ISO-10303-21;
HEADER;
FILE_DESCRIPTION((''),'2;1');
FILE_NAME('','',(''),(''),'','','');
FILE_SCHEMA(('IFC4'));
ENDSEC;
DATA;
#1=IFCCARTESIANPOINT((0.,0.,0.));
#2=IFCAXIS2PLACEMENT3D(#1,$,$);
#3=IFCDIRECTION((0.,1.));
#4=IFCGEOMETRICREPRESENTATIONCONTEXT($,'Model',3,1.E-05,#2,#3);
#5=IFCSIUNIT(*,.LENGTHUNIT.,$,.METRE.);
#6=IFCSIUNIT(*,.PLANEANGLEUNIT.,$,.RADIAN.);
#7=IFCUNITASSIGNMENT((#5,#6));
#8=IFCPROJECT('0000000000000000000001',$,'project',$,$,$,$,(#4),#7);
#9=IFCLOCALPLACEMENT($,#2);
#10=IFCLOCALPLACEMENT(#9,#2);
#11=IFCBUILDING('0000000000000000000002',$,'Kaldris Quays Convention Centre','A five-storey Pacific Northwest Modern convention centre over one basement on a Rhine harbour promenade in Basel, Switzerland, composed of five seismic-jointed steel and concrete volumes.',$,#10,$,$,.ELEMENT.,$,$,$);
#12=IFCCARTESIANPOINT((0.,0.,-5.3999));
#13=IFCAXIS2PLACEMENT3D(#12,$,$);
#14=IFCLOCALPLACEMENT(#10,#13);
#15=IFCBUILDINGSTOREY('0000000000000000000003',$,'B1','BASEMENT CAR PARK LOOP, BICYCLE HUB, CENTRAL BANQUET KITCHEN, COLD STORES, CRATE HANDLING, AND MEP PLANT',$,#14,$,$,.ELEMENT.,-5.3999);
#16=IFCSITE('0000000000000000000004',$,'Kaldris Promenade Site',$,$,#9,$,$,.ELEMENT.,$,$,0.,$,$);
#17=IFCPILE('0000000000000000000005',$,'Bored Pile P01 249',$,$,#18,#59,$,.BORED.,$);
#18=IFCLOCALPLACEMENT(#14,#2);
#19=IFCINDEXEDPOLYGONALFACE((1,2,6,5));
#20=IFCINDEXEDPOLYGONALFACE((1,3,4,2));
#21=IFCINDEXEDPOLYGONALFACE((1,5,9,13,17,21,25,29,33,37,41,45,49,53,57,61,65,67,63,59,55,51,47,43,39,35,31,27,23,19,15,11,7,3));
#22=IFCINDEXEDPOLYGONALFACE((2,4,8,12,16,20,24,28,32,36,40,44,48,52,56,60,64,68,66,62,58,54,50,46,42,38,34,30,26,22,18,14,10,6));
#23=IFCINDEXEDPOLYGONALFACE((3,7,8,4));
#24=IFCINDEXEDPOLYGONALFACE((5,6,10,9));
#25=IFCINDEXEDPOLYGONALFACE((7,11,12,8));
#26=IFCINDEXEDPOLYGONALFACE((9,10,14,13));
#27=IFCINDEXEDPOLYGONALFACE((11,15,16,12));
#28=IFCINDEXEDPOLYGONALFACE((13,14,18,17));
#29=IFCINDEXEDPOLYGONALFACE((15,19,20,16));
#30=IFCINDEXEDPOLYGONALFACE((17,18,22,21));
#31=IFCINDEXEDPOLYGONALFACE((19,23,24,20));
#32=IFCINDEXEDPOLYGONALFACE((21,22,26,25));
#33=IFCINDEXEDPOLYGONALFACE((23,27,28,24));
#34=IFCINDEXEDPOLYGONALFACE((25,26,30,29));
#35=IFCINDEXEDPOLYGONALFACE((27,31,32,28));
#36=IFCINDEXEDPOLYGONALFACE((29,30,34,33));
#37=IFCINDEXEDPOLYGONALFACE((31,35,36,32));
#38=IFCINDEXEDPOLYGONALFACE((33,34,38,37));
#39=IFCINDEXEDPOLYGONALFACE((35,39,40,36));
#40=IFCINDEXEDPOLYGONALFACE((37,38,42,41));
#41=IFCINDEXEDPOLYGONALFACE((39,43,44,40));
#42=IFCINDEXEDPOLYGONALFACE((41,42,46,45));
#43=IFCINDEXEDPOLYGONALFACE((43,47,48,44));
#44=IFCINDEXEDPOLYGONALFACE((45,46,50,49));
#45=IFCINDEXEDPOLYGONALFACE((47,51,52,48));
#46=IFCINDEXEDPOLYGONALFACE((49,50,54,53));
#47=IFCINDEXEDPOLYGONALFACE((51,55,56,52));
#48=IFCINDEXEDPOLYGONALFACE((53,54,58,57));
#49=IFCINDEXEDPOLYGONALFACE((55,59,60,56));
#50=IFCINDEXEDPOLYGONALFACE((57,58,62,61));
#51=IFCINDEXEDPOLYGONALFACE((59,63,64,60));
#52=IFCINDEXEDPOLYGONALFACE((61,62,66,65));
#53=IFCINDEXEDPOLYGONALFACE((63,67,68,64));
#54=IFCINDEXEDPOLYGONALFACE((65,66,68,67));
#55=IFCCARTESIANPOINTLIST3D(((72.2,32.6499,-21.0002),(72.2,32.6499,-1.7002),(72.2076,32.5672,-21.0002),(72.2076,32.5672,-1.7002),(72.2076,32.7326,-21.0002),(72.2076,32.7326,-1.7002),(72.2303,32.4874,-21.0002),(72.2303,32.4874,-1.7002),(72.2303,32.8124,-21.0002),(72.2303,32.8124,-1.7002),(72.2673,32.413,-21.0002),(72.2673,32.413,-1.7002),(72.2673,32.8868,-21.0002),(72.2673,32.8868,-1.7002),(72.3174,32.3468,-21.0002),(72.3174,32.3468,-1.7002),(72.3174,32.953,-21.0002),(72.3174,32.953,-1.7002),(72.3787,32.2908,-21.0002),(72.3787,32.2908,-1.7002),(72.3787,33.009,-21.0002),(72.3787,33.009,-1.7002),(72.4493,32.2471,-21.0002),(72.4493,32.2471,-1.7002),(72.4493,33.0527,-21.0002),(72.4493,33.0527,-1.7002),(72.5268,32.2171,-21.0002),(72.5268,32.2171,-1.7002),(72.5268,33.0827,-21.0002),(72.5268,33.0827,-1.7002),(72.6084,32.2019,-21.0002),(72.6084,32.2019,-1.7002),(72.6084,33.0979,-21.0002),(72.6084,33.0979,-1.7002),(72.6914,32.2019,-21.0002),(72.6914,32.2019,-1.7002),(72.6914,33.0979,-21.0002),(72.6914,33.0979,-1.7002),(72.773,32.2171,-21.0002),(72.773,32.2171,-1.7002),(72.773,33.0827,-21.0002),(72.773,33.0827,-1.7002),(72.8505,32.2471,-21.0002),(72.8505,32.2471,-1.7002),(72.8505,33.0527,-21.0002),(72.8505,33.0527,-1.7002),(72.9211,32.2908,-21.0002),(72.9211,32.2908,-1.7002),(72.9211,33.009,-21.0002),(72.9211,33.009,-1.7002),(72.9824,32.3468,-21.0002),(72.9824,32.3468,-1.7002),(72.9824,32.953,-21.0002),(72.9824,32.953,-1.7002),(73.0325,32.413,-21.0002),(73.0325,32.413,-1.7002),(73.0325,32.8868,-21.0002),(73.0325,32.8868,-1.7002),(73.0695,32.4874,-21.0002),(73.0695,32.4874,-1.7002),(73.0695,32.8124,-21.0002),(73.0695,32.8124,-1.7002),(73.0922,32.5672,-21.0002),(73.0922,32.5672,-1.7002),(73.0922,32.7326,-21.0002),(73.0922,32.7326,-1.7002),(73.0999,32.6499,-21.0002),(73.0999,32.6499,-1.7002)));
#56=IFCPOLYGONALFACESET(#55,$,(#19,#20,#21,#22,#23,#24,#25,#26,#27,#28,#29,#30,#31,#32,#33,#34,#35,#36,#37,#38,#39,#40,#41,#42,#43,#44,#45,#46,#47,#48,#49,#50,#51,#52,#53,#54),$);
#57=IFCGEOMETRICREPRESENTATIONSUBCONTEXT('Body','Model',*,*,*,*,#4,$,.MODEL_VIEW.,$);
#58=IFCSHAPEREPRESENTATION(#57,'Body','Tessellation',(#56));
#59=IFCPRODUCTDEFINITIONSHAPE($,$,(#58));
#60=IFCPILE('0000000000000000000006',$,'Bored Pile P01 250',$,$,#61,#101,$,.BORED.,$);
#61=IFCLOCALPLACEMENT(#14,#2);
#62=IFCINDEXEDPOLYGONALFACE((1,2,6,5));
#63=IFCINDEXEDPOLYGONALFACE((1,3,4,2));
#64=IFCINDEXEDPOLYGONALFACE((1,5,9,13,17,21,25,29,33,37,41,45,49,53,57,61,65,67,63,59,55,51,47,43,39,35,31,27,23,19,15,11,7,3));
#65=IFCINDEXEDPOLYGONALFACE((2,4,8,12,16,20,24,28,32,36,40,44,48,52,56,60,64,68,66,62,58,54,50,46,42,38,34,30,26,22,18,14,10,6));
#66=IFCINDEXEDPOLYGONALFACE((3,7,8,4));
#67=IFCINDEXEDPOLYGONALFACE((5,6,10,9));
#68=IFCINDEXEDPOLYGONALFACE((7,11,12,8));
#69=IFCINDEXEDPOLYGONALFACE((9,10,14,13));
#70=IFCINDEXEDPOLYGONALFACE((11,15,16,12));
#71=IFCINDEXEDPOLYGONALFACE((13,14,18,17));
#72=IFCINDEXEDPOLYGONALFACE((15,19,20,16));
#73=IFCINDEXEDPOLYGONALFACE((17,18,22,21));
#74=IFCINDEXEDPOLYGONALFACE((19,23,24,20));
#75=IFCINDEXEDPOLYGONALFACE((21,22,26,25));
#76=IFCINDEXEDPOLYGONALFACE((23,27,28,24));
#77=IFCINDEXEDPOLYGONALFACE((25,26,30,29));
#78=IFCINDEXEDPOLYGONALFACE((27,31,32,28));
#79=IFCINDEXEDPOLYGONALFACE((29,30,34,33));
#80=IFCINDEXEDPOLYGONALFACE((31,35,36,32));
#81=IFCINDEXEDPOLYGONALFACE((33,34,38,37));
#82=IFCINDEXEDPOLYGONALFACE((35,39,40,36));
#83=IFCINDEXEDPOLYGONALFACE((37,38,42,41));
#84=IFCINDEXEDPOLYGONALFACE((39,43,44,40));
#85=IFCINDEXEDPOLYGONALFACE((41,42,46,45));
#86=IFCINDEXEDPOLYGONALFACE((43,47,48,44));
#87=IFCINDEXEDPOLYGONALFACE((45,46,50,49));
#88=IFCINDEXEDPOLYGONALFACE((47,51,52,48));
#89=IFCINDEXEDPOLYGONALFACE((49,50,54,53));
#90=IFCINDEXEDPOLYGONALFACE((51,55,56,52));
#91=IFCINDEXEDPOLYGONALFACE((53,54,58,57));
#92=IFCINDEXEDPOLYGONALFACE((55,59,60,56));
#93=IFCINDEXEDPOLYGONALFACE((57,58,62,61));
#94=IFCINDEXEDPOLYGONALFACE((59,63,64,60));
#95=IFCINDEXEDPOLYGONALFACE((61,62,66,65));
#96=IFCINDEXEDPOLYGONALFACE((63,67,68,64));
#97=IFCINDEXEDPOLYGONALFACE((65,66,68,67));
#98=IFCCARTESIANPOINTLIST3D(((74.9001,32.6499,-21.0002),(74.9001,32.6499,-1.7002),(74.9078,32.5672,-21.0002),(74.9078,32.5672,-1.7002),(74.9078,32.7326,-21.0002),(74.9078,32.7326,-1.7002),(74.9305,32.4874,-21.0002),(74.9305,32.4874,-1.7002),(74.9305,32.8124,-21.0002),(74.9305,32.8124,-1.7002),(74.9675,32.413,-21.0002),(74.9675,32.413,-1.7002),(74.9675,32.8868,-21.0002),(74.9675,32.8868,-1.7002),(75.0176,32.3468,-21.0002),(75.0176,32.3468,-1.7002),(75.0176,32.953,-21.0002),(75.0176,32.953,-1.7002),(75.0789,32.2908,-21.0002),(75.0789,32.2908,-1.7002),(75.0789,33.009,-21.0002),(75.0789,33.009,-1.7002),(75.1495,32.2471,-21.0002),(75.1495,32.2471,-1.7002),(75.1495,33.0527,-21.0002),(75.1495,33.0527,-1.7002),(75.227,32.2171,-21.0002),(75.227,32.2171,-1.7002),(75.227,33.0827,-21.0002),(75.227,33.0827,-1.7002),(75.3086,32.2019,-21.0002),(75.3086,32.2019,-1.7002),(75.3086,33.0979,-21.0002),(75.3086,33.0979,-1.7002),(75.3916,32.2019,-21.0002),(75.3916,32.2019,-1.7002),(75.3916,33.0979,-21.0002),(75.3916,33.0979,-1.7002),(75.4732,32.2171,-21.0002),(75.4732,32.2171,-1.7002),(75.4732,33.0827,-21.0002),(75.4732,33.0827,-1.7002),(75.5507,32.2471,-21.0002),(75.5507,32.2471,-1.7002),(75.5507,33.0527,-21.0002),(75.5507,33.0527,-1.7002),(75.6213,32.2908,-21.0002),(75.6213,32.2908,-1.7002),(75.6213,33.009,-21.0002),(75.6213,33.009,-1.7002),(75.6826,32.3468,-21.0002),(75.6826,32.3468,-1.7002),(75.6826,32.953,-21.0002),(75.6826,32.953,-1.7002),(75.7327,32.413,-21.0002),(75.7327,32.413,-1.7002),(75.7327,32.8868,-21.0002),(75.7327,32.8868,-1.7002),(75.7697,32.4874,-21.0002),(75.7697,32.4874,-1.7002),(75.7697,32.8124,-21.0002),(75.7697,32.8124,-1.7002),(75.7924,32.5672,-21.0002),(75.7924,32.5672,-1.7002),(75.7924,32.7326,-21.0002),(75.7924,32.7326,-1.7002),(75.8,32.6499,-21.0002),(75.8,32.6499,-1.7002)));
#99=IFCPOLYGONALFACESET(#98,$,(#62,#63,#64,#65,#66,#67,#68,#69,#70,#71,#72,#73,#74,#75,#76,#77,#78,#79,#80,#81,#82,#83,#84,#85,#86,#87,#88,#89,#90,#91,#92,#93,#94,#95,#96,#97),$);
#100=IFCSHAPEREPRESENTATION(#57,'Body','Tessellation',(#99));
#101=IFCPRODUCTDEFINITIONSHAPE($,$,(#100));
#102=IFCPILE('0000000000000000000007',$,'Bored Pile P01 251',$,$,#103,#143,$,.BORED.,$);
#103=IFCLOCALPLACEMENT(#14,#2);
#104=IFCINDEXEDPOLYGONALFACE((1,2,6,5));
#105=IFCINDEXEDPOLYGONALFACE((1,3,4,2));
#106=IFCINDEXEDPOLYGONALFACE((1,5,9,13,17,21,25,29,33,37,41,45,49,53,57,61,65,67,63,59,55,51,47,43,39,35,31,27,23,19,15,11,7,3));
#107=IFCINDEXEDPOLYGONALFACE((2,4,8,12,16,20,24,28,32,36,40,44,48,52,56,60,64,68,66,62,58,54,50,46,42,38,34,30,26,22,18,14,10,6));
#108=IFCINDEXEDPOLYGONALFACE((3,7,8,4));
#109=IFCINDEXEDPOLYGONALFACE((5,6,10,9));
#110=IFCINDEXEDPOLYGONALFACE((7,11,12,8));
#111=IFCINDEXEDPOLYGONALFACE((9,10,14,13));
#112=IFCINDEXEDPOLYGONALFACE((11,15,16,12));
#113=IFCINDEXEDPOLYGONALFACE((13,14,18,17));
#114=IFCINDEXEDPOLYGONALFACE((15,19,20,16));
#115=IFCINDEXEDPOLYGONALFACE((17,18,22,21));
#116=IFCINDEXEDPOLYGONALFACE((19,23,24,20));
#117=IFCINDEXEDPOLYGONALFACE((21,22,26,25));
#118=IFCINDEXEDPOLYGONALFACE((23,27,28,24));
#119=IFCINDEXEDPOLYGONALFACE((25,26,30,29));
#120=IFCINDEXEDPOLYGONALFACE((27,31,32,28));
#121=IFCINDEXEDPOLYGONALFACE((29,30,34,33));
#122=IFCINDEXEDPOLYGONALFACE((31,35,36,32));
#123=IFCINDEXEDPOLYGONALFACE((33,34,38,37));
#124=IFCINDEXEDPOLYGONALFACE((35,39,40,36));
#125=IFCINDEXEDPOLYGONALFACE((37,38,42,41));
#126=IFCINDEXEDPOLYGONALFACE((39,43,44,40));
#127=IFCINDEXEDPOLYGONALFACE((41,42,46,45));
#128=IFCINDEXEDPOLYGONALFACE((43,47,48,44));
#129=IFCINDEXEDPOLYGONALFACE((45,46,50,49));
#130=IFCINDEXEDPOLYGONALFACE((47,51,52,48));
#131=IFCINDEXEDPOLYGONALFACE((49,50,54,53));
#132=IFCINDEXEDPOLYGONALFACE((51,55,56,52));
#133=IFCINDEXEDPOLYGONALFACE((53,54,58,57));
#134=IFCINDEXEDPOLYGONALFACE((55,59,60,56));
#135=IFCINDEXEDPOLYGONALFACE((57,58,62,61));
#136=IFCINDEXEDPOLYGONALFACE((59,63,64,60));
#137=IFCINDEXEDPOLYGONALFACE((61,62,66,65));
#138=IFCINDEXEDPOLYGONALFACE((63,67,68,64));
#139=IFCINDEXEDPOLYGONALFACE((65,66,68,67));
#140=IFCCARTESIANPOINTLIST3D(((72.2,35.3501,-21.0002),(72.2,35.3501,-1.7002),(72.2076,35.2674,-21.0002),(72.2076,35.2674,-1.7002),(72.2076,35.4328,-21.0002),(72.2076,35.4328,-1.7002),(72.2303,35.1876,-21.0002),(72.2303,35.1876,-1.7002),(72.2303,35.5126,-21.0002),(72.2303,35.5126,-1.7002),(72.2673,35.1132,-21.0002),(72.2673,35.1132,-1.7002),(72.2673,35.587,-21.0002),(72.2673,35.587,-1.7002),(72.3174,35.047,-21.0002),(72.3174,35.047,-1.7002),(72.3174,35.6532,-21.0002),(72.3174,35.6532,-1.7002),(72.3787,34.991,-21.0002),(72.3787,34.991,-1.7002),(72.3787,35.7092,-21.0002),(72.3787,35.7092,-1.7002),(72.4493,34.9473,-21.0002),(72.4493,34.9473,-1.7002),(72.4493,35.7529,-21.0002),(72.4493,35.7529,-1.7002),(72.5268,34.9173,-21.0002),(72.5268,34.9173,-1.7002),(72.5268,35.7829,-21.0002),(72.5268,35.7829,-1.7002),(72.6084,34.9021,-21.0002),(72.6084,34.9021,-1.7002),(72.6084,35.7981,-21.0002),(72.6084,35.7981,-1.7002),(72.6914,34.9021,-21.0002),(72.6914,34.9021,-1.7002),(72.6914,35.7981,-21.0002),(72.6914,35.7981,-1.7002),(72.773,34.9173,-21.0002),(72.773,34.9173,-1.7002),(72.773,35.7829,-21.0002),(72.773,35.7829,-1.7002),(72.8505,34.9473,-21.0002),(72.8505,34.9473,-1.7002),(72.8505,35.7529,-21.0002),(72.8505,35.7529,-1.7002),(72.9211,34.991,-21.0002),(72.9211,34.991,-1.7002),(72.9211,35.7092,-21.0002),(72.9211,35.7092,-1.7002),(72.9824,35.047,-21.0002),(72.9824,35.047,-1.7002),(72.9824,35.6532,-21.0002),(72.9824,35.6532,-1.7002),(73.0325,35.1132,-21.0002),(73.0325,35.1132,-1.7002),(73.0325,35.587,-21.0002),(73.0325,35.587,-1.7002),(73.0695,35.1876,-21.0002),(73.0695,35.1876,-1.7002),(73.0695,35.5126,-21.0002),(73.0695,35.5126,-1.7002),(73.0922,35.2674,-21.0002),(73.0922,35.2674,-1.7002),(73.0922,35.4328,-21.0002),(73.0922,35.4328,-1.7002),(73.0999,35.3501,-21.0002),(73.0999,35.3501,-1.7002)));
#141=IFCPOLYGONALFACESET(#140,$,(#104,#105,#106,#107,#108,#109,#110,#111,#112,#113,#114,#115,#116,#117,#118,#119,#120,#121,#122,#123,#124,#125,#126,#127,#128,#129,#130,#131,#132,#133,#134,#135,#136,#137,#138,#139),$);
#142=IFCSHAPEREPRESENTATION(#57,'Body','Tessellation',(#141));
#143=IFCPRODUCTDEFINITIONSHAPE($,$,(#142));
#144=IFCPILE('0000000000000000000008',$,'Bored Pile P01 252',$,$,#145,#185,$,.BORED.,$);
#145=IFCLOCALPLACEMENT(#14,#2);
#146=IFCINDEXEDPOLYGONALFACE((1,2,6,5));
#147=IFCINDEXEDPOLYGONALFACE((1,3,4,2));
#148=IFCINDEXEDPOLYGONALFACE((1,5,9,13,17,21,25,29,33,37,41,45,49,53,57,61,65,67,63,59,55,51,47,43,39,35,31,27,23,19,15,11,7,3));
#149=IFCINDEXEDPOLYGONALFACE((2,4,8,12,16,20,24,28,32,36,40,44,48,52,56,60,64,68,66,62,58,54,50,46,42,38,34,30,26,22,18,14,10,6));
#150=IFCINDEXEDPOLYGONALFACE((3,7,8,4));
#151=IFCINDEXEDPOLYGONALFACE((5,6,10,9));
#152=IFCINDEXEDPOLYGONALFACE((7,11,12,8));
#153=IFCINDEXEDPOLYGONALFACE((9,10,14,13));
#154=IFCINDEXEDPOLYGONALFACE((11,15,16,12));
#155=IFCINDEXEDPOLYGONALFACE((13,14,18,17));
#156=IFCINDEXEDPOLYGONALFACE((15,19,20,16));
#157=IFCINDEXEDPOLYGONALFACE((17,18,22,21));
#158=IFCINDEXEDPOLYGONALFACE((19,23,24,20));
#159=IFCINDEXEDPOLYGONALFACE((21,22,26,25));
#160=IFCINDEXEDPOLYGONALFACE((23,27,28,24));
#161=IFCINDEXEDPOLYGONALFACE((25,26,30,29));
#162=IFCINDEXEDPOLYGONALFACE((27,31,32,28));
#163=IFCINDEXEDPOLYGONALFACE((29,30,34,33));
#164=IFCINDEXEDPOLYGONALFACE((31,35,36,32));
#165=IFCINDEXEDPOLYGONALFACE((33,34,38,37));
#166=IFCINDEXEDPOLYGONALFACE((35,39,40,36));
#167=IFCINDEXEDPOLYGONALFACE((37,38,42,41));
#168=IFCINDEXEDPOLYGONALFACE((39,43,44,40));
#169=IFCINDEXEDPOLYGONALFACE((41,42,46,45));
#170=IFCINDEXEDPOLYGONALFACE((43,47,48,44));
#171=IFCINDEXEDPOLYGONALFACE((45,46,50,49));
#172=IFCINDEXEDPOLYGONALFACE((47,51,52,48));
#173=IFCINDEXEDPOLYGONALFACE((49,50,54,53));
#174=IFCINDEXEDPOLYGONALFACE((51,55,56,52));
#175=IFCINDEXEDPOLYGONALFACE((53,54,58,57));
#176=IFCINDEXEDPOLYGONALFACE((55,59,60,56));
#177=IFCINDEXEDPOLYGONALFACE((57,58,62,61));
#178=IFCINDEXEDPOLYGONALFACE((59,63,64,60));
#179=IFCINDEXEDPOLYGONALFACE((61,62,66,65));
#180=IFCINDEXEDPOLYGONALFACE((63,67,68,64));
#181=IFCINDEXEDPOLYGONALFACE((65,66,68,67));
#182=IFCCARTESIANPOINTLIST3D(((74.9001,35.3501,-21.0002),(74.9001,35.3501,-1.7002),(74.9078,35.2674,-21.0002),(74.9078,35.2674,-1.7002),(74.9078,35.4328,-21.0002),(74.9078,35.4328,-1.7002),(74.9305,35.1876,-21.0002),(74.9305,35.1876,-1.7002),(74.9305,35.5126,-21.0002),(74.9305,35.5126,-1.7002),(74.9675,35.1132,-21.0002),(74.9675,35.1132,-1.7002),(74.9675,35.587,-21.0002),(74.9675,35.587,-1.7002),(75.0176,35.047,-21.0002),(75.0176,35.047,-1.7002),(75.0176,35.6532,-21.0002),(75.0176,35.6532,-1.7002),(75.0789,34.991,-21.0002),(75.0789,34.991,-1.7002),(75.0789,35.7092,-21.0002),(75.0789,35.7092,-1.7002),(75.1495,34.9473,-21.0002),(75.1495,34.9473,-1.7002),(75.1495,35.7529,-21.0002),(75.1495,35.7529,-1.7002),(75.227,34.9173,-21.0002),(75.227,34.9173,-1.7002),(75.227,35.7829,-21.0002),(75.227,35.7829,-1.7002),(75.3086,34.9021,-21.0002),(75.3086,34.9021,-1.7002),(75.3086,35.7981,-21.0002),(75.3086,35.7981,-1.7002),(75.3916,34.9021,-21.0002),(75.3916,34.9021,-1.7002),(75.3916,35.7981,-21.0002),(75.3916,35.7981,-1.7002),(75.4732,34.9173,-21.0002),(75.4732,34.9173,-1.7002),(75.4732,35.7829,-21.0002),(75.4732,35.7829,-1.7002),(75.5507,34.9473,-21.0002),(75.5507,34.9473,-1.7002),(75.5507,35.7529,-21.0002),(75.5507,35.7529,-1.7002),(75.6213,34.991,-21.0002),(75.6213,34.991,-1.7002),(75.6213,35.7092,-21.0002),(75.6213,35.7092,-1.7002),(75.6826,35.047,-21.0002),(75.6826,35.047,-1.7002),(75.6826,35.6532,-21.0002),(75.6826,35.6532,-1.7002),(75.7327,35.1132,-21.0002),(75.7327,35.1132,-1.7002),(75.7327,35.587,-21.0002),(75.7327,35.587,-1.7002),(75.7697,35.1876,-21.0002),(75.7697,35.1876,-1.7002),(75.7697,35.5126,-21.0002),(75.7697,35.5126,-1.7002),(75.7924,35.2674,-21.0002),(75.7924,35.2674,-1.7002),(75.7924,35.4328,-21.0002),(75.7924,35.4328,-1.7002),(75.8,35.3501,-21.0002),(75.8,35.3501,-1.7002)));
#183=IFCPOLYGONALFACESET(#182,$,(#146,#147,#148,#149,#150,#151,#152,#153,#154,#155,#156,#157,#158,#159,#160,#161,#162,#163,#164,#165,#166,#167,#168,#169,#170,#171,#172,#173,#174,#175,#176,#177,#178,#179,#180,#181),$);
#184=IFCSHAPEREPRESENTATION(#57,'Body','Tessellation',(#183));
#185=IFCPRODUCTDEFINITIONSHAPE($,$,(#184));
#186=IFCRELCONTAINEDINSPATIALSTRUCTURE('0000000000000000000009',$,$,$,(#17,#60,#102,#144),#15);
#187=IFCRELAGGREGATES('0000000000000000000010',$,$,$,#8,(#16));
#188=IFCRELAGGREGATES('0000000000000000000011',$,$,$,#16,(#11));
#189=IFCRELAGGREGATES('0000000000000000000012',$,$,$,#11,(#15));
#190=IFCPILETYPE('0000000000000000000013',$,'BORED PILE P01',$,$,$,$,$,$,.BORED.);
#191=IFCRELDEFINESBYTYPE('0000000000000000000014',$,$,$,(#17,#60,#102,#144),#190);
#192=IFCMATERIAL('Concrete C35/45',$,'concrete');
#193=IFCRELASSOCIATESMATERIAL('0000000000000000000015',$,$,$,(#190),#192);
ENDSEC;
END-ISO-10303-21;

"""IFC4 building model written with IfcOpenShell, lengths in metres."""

from ifc_helpers import new_model, si_unit, direction, frame, origin, origin_2d, place, context, subcontext, project, spatial, circle, extrude, material, material_profile, profile_set, type_object, element, save


model = new_model("IFC4")

# Units and contexts
model_context = context("Model", 3, precision=1e-05, world=origin(), true_north=direction((0.0, 1.0)))
body_context = subcontext(model_context, "Body", "Model", "MODEL_VIEW")
ifc_project = project(units=[si_unit("LENGTHUNIT", "METRE"), si_unit("PLANEANGLEUNIT", "RADIAN")], contexts=[model_context])

# Site, building, storey
site_placement = place(None, origin())
site = spatial("IfcSite", under=ifc_project, at=site_placement, Name="Kaldris Promenade Site", CompositionType="ELEMENT", RefElevation=0.0)
building_placement = place(site_placement, origin())
building = spatial("IfcBuilding", under=site, at=building_placement, Name="Kaldris Quays Convention Centre", Description="A five-storey Pacific Northwest Modern convention centre over one basement on a Rhine harbour promenade in Basel, Switzerland, composed of five seismic-jointed steel and concrete volumes.", CompositionType="ELEMENT")
storey_placement = place(building_placement, frame((0.0, 0.0, -5.3999)))
storey = spatial("IfcBuildingStorey", under=building, at=storey_placement, Name="B1", Description="BASEMENT CAR PARK LOOP, BICYCLE HUB, CENTRAL BANQUET KITCHEN, COLD STORES, CRATE HANDLING, AND MEP PLANT", CompositionType="ELEMENT", Elevation=-5.3999)

# Piles
ifc_material_1 = material(Name="Concrete C35/45", Category="concrete")
ifc_material_profile_1 = material_profile(ifc_material_1, circle(Radius=0.45, at=origin_2d()), Name="BORED PILE D900")
ifc_profile_set_1 = profile_set([ifc_material_profile_1], Name="Concrete C35/45")
pile_type = type_object("IfcPileType", Name="BORED PILE P01", PredefinedType="BORED", material=ifc_profile_set_1)
for number, where, z_axis, x_axis, name in (
    (1, (72.6499, 32.6499, -1.7002), (0.0, 0.0, -1.0), (1.0, 0.0, 0.0), "Bored Pile P01 249"),
    (2, (75.3501, 32.6499, -1.7002), (0.0, 0.0, -1.0), (1.0, 0.0, 0.0), "Bored Pile P01 250"),
    (3, (72.6499, 35.3501, -1.7002), (0.0, 0.0, -1.0), (1.0, 0.0, 0.0), "Bored Pile P01 251"),
    (4, (75.3501, 35.3501, -1.7002), (0.0, 0.0, -1.0), (1.0, 0.0, 0.0), "Bored Pile P01 252"),
):
    element("IfcPile", number, at=place(storey_placement, frame(where, z_axis=z_axis, x_axis=x_axis)), inside=storey, type_object=pile_type, Name=name, PredefinedType="BORED", context=body_context, shape_type="SweptSolid", body=[
        extrude(circle(Radius=0.45, at=origin_2d()), origin(), (0.0, 0.0, 1.0), 19.3),
    ])

save(model, "model.ifc")
